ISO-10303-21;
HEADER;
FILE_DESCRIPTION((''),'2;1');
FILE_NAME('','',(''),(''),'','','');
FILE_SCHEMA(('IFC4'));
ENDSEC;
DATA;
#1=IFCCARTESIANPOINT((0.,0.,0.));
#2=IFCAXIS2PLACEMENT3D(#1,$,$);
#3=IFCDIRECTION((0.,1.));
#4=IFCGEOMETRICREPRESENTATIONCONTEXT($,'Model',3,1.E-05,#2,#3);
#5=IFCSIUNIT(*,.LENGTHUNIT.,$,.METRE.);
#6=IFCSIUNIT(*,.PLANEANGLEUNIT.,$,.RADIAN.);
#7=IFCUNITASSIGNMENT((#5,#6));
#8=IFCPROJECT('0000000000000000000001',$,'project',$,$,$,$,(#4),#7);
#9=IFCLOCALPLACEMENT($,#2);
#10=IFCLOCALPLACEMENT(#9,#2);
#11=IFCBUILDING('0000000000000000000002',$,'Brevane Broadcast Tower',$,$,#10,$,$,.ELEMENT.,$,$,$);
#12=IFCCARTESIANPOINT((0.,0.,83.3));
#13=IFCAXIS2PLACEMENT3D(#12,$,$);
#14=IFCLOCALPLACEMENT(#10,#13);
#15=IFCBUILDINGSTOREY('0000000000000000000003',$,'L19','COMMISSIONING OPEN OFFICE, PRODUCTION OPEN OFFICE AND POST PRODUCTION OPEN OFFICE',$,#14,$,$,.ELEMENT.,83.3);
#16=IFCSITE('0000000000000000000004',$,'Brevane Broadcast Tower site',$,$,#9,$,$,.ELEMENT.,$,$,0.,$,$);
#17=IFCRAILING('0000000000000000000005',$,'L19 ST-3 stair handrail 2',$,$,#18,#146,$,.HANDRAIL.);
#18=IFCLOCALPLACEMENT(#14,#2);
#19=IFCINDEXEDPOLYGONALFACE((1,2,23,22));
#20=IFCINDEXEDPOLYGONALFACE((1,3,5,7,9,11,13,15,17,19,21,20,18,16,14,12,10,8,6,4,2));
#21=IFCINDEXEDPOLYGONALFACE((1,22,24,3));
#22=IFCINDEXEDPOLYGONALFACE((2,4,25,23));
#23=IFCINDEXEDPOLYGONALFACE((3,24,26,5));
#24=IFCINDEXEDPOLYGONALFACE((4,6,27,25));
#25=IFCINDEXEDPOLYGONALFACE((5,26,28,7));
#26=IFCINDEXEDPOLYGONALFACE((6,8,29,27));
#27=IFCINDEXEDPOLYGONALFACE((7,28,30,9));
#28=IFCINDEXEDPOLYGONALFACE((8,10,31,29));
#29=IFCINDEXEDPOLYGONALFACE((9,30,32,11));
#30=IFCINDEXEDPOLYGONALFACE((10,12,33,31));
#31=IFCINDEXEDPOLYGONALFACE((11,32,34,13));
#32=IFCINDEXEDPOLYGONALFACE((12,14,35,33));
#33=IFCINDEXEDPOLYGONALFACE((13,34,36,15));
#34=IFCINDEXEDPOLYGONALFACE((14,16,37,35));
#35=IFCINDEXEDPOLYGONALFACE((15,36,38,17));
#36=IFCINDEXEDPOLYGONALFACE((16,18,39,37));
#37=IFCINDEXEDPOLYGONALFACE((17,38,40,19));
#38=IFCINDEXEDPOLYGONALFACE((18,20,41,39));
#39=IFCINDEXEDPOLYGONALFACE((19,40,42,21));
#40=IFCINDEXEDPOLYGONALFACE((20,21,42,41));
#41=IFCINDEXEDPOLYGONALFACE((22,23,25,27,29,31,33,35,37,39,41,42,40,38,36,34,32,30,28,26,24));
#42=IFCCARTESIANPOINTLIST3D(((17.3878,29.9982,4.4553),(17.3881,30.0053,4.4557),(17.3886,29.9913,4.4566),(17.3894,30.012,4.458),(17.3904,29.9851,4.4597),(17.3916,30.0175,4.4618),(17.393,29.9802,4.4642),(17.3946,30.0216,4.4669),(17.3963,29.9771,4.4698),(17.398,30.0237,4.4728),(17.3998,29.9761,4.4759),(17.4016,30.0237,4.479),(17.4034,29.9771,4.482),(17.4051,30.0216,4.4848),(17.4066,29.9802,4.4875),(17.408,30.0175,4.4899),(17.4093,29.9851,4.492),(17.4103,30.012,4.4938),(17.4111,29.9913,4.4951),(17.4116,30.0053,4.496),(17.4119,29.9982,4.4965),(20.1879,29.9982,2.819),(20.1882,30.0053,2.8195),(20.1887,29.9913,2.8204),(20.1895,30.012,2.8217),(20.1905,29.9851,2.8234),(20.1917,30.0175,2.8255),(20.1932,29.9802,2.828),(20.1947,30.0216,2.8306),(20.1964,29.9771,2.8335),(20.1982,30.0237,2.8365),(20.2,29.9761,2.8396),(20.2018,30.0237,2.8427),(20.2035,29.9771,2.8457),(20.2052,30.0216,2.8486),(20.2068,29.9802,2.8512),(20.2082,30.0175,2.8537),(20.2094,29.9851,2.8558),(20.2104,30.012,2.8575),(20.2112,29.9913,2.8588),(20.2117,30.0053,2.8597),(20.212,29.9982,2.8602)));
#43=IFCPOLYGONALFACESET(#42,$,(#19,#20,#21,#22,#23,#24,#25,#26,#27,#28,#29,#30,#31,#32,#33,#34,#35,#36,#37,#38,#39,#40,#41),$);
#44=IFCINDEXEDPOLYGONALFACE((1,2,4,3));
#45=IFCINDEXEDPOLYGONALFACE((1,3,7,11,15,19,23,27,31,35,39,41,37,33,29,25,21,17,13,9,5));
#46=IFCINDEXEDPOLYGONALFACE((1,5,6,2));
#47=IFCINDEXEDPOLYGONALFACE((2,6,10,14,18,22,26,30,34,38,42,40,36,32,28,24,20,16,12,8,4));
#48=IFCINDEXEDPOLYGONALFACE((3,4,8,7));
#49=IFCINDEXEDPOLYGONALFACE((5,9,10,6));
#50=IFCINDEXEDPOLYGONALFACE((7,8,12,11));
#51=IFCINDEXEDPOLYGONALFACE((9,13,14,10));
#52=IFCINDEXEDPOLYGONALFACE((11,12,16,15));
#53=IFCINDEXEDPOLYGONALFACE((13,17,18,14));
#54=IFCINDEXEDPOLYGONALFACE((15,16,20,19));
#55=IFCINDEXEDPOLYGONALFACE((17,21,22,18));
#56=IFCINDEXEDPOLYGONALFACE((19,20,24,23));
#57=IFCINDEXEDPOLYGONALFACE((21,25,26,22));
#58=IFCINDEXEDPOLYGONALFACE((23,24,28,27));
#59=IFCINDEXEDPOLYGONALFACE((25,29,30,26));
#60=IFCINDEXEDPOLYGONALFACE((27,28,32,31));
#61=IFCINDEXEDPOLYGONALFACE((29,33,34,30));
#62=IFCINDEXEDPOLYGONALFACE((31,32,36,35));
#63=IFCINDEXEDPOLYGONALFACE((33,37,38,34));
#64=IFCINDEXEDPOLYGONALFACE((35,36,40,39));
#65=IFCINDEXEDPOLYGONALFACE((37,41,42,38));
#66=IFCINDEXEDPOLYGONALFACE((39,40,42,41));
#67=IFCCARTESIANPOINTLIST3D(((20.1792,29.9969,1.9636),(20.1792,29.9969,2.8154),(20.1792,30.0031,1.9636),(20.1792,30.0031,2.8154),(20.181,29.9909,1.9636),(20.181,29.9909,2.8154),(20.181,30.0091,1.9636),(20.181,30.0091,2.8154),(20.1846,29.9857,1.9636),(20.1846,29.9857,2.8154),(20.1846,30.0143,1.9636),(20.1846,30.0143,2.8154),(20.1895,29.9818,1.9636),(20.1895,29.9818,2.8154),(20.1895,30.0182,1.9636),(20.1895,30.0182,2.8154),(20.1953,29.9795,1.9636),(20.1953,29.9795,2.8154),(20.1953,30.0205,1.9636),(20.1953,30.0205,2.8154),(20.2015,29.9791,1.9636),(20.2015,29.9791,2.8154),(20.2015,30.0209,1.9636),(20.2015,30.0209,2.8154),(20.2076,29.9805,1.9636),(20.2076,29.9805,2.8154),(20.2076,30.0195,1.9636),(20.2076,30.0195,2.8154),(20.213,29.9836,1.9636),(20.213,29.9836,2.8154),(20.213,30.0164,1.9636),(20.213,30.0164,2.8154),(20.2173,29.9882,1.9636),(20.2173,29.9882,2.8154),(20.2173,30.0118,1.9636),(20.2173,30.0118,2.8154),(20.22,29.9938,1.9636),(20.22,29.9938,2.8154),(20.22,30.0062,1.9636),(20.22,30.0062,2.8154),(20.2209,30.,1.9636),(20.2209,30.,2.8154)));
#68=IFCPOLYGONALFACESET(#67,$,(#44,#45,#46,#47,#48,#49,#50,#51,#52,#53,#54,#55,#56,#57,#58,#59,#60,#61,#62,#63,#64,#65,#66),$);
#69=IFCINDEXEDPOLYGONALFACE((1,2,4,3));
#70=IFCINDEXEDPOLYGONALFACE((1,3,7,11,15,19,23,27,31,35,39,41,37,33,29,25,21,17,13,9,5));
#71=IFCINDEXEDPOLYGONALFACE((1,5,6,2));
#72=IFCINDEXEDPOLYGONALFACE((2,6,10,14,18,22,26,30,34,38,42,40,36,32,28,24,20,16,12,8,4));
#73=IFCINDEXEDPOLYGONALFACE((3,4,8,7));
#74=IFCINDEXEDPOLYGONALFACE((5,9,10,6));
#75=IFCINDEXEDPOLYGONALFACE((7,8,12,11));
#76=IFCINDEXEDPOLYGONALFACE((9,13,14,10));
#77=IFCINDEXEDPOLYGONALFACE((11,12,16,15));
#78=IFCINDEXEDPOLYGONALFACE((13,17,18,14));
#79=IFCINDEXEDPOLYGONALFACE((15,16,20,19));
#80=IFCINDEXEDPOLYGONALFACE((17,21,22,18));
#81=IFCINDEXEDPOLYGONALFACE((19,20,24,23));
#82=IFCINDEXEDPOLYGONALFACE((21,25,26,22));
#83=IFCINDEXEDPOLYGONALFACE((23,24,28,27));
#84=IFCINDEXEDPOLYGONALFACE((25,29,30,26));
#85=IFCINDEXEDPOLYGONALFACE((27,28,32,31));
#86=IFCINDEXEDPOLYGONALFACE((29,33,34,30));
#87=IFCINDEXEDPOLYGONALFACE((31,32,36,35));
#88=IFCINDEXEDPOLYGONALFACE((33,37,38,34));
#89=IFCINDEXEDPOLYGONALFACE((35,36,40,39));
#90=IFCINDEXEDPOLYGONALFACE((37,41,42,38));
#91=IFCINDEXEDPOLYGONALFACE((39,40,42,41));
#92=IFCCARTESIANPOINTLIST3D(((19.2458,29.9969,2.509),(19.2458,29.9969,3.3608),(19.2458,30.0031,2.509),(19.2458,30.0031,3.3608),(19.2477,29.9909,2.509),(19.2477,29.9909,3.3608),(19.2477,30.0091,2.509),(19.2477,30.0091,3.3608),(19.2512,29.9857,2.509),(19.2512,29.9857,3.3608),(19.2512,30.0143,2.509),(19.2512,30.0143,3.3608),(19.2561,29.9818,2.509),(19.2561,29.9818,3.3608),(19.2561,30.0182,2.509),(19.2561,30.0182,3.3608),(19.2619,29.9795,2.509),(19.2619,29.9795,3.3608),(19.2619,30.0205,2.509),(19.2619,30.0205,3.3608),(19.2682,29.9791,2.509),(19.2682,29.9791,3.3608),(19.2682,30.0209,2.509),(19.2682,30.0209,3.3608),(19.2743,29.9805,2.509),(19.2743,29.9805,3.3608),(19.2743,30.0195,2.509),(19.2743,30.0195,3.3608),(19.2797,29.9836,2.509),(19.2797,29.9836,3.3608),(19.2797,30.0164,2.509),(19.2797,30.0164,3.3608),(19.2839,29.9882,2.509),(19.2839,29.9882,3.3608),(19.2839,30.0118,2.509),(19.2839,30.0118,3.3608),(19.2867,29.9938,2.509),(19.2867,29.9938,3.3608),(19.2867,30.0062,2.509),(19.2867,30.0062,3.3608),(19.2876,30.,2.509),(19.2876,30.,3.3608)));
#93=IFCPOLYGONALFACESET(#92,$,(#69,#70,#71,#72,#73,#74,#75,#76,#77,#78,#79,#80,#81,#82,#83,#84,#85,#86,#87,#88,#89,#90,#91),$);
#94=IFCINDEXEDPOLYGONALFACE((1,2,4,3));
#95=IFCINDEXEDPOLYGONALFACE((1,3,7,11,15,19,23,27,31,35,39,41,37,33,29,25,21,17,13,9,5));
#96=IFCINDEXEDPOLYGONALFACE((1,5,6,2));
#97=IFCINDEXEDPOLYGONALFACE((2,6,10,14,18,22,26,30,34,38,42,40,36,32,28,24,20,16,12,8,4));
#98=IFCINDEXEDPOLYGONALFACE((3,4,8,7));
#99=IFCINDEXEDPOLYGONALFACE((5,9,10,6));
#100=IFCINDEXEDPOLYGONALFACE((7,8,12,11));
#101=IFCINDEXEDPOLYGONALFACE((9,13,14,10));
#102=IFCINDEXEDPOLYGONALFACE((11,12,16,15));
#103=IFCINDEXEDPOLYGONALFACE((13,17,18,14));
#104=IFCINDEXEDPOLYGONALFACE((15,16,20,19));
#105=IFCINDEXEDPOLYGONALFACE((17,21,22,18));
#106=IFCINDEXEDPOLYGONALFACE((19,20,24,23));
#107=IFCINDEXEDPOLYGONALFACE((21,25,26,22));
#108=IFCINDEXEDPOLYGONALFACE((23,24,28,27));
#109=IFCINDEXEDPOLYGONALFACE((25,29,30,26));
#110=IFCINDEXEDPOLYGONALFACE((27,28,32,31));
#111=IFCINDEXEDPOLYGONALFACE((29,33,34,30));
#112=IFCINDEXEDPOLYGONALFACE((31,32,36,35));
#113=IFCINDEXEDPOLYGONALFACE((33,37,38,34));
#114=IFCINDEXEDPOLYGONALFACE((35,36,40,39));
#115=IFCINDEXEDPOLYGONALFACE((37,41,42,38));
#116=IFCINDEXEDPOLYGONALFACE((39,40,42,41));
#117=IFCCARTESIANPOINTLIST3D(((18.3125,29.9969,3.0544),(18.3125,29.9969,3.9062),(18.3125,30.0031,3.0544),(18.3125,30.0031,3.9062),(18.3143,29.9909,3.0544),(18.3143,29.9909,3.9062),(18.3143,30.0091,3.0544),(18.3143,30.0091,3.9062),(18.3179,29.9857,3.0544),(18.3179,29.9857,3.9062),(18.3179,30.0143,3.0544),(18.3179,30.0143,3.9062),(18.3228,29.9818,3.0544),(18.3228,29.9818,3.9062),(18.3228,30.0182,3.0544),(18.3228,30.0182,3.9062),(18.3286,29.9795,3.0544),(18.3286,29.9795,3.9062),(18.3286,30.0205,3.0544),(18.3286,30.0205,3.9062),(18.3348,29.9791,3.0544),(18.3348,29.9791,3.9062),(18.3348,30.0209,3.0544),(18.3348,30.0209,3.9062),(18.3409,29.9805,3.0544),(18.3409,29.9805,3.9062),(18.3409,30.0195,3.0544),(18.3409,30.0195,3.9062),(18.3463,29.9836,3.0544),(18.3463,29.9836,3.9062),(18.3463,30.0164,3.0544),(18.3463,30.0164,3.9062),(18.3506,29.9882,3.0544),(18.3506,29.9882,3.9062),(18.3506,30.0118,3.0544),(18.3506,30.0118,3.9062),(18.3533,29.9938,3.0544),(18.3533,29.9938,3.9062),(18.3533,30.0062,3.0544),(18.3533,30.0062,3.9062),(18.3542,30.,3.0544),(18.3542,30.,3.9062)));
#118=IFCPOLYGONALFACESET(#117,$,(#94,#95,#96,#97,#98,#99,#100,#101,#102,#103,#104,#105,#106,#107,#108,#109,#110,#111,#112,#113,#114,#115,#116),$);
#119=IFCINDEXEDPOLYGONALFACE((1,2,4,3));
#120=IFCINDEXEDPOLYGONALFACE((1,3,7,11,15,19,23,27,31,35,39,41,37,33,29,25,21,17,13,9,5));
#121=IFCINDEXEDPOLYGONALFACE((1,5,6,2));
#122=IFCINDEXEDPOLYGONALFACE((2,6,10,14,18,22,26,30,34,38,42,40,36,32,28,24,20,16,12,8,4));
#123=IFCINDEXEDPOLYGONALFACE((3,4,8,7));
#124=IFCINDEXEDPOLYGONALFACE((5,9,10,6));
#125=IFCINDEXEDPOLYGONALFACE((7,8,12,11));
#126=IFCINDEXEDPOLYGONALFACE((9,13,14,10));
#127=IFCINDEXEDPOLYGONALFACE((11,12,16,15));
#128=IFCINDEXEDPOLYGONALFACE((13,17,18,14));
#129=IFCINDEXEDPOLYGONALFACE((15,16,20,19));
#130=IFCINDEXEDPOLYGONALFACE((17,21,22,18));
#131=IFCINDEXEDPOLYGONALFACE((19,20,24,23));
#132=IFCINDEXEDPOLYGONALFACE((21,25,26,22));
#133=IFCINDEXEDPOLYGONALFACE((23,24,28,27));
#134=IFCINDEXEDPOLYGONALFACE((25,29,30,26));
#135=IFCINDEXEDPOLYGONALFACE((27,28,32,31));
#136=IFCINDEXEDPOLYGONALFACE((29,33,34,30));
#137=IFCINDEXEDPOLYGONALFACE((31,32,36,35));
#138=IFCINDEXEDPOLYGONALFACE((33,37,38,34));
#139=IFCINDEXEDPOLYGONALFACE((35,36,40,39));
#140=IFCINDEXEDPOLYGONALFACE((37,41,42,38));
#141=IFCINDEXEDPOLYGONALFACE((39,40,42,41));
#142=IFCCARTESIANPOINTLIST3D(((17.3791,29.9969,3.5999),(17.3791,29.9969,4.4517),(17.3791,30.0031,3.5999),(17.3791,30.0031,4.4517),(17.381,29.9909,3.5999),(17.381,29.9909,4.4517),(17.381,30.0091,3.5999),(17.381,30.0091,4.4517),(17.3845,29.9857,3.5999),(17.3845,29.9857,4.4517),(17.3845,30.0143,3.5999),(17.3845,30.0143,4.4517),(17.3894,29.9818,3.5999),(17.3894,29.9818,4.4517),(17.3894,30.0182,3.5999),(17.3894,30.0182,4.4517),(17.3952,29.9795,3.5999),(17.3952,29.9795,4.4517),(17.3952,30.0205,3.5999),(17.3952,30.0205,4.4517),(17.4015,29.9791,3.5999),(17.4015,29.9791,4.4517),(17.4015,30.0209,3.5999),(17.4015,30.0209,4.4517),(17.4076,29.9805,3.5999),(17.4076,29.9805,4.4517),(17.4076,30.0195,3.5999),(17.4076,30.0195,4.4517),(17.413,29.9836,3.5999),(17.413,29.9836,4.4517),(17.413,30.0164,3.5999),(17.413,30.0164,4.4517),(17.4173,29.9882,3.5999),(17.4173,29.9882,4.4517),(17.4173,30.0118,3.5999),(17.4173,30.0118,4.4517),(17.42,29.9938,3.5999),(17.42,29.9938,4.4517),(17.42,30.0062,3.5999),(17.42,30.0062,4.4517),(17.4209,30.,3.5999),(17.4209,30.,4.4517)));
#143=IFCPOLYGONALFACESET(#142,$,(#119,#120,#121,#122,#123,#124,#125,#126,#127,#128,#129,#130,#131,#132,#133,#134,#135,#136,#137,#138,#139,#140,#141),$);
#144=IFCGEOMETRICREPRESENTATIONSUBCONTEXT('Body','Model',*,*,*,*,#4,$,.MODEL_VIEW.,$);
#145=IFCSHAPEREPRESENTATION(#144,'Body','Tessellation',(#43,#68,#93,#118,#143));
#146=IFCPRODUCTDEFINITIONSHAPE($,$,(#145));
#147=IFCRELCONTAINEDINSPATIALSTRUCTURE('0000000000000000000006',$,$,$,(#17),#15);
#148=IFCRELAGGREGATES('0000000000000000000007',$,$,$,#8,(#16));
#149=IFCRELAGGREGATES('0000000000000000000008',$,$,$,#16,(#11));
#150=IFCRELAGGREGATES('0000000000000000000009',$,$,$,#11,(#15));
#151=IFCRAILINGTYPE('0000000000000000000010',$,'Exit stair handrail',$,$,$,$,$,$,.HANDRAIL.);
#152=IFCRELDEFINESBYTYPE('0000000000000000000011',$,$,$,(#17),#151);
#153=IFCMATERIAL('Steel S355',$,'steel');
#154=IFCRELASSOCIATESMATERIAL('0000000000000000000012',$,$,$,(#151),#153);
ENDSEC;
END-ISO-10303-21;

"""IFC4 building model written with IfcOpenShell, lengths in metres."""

from ifc_helpers import new_model, si_unit, direction, frame, origin, origin_2d, place, context, subcontext, project, spatial, circle, extrude, material, type_object, element, save


model = new_model("IFC4")

# Units and contexts
model_context = context("Model", 3, precision=1e-05, world=origin(), true_north=direction((0.0, 1.0)))
body_context = subcontext(model_context, "Body", "Model", "MODEL_VIEW")
ifc_project = project(units=[si_unit("LENGTHUNIT", "METRE"), si_unit("PLANEANGLEUNIT", "RADIAN")], contexts=[model_context])

# Site, building, storey
site_placement = place(None, origin())
site = spatial("IfcSite", under=ifc_project, at=site_placement, Name="Brevane Broadcast Tower site", CompositionType="ELEMENT", RefElevation=0.0)
building_placement = place(site_placement, origin())
building = spatial("IfcBuilding", under=site, at=building_placement, Name="Brevane Broadcast Tower", CompositionType="ELEMENT")
storey_placement = place(building_placement, frame((0.0, 0.0, 83.3)))
storey = spatial("IfcBuildingStorey", under=building, at=storey_placement, Name="L19", Description="COMMISSIONING OPEN OFFICE, PRODUCTION OPEN OFFICE AND POST PRODUCTION OPEN OFFICE", CompositionType="ELEMENT", Elevation=83.3)

# Railing
ifc_material_1 = material(Name="Steel S355", Category="steel")
railing_type_1 = type_object("IfcRailingType", Name="Exit stair handrail", PredefinedType="HANDRAIL", material=ifc_material_1)
railing_1_placement = place(storey_placement, frame((20.2, 30.0, 1.9636)))
element("IfcRailing", 1, at=railing_1_placement, inside=storey, type_object=railing_type_1, Name="L19 ST-3 stair handrail 2", PredefinedType="HANDRAIL", context=body_context, shape_type="SweptSolid", body=[
    extrude(circle(Radius=0.0239, at=origin_2d()), frame((0.0, 0.0, 0.876), z_axis=(-0.863394, 0.0, 0.504531), x_axis=(0.0, -1.0, 0.0)), (0.0, 0.0, 1.0), 3.2432),
    extrude(circle(Radius=0.021, at=origin_2d()), origin(), (0.0, 0.0, 1.0), 0.8518),
    extrude(circle(Radius=0.021, at=origin_2d()), frame((-0.9333, 0.0, 0.5454)), (0.0, 0.0, 1.0), 0.8518),
    extrude(circle(Radius=0.021, at=origin_2d()), frame((-1.8667, 0.0, 1.0908)), (0.0, 0.0, 1.0), 0.8518),
    extrude(circle(Radius=0.021, at=origin_2d()), frame((-2.8, 0.0, 1.6362)), (0.0, 0.0, 1.0), 0.8518),
])

save(model, "model.ifc")
